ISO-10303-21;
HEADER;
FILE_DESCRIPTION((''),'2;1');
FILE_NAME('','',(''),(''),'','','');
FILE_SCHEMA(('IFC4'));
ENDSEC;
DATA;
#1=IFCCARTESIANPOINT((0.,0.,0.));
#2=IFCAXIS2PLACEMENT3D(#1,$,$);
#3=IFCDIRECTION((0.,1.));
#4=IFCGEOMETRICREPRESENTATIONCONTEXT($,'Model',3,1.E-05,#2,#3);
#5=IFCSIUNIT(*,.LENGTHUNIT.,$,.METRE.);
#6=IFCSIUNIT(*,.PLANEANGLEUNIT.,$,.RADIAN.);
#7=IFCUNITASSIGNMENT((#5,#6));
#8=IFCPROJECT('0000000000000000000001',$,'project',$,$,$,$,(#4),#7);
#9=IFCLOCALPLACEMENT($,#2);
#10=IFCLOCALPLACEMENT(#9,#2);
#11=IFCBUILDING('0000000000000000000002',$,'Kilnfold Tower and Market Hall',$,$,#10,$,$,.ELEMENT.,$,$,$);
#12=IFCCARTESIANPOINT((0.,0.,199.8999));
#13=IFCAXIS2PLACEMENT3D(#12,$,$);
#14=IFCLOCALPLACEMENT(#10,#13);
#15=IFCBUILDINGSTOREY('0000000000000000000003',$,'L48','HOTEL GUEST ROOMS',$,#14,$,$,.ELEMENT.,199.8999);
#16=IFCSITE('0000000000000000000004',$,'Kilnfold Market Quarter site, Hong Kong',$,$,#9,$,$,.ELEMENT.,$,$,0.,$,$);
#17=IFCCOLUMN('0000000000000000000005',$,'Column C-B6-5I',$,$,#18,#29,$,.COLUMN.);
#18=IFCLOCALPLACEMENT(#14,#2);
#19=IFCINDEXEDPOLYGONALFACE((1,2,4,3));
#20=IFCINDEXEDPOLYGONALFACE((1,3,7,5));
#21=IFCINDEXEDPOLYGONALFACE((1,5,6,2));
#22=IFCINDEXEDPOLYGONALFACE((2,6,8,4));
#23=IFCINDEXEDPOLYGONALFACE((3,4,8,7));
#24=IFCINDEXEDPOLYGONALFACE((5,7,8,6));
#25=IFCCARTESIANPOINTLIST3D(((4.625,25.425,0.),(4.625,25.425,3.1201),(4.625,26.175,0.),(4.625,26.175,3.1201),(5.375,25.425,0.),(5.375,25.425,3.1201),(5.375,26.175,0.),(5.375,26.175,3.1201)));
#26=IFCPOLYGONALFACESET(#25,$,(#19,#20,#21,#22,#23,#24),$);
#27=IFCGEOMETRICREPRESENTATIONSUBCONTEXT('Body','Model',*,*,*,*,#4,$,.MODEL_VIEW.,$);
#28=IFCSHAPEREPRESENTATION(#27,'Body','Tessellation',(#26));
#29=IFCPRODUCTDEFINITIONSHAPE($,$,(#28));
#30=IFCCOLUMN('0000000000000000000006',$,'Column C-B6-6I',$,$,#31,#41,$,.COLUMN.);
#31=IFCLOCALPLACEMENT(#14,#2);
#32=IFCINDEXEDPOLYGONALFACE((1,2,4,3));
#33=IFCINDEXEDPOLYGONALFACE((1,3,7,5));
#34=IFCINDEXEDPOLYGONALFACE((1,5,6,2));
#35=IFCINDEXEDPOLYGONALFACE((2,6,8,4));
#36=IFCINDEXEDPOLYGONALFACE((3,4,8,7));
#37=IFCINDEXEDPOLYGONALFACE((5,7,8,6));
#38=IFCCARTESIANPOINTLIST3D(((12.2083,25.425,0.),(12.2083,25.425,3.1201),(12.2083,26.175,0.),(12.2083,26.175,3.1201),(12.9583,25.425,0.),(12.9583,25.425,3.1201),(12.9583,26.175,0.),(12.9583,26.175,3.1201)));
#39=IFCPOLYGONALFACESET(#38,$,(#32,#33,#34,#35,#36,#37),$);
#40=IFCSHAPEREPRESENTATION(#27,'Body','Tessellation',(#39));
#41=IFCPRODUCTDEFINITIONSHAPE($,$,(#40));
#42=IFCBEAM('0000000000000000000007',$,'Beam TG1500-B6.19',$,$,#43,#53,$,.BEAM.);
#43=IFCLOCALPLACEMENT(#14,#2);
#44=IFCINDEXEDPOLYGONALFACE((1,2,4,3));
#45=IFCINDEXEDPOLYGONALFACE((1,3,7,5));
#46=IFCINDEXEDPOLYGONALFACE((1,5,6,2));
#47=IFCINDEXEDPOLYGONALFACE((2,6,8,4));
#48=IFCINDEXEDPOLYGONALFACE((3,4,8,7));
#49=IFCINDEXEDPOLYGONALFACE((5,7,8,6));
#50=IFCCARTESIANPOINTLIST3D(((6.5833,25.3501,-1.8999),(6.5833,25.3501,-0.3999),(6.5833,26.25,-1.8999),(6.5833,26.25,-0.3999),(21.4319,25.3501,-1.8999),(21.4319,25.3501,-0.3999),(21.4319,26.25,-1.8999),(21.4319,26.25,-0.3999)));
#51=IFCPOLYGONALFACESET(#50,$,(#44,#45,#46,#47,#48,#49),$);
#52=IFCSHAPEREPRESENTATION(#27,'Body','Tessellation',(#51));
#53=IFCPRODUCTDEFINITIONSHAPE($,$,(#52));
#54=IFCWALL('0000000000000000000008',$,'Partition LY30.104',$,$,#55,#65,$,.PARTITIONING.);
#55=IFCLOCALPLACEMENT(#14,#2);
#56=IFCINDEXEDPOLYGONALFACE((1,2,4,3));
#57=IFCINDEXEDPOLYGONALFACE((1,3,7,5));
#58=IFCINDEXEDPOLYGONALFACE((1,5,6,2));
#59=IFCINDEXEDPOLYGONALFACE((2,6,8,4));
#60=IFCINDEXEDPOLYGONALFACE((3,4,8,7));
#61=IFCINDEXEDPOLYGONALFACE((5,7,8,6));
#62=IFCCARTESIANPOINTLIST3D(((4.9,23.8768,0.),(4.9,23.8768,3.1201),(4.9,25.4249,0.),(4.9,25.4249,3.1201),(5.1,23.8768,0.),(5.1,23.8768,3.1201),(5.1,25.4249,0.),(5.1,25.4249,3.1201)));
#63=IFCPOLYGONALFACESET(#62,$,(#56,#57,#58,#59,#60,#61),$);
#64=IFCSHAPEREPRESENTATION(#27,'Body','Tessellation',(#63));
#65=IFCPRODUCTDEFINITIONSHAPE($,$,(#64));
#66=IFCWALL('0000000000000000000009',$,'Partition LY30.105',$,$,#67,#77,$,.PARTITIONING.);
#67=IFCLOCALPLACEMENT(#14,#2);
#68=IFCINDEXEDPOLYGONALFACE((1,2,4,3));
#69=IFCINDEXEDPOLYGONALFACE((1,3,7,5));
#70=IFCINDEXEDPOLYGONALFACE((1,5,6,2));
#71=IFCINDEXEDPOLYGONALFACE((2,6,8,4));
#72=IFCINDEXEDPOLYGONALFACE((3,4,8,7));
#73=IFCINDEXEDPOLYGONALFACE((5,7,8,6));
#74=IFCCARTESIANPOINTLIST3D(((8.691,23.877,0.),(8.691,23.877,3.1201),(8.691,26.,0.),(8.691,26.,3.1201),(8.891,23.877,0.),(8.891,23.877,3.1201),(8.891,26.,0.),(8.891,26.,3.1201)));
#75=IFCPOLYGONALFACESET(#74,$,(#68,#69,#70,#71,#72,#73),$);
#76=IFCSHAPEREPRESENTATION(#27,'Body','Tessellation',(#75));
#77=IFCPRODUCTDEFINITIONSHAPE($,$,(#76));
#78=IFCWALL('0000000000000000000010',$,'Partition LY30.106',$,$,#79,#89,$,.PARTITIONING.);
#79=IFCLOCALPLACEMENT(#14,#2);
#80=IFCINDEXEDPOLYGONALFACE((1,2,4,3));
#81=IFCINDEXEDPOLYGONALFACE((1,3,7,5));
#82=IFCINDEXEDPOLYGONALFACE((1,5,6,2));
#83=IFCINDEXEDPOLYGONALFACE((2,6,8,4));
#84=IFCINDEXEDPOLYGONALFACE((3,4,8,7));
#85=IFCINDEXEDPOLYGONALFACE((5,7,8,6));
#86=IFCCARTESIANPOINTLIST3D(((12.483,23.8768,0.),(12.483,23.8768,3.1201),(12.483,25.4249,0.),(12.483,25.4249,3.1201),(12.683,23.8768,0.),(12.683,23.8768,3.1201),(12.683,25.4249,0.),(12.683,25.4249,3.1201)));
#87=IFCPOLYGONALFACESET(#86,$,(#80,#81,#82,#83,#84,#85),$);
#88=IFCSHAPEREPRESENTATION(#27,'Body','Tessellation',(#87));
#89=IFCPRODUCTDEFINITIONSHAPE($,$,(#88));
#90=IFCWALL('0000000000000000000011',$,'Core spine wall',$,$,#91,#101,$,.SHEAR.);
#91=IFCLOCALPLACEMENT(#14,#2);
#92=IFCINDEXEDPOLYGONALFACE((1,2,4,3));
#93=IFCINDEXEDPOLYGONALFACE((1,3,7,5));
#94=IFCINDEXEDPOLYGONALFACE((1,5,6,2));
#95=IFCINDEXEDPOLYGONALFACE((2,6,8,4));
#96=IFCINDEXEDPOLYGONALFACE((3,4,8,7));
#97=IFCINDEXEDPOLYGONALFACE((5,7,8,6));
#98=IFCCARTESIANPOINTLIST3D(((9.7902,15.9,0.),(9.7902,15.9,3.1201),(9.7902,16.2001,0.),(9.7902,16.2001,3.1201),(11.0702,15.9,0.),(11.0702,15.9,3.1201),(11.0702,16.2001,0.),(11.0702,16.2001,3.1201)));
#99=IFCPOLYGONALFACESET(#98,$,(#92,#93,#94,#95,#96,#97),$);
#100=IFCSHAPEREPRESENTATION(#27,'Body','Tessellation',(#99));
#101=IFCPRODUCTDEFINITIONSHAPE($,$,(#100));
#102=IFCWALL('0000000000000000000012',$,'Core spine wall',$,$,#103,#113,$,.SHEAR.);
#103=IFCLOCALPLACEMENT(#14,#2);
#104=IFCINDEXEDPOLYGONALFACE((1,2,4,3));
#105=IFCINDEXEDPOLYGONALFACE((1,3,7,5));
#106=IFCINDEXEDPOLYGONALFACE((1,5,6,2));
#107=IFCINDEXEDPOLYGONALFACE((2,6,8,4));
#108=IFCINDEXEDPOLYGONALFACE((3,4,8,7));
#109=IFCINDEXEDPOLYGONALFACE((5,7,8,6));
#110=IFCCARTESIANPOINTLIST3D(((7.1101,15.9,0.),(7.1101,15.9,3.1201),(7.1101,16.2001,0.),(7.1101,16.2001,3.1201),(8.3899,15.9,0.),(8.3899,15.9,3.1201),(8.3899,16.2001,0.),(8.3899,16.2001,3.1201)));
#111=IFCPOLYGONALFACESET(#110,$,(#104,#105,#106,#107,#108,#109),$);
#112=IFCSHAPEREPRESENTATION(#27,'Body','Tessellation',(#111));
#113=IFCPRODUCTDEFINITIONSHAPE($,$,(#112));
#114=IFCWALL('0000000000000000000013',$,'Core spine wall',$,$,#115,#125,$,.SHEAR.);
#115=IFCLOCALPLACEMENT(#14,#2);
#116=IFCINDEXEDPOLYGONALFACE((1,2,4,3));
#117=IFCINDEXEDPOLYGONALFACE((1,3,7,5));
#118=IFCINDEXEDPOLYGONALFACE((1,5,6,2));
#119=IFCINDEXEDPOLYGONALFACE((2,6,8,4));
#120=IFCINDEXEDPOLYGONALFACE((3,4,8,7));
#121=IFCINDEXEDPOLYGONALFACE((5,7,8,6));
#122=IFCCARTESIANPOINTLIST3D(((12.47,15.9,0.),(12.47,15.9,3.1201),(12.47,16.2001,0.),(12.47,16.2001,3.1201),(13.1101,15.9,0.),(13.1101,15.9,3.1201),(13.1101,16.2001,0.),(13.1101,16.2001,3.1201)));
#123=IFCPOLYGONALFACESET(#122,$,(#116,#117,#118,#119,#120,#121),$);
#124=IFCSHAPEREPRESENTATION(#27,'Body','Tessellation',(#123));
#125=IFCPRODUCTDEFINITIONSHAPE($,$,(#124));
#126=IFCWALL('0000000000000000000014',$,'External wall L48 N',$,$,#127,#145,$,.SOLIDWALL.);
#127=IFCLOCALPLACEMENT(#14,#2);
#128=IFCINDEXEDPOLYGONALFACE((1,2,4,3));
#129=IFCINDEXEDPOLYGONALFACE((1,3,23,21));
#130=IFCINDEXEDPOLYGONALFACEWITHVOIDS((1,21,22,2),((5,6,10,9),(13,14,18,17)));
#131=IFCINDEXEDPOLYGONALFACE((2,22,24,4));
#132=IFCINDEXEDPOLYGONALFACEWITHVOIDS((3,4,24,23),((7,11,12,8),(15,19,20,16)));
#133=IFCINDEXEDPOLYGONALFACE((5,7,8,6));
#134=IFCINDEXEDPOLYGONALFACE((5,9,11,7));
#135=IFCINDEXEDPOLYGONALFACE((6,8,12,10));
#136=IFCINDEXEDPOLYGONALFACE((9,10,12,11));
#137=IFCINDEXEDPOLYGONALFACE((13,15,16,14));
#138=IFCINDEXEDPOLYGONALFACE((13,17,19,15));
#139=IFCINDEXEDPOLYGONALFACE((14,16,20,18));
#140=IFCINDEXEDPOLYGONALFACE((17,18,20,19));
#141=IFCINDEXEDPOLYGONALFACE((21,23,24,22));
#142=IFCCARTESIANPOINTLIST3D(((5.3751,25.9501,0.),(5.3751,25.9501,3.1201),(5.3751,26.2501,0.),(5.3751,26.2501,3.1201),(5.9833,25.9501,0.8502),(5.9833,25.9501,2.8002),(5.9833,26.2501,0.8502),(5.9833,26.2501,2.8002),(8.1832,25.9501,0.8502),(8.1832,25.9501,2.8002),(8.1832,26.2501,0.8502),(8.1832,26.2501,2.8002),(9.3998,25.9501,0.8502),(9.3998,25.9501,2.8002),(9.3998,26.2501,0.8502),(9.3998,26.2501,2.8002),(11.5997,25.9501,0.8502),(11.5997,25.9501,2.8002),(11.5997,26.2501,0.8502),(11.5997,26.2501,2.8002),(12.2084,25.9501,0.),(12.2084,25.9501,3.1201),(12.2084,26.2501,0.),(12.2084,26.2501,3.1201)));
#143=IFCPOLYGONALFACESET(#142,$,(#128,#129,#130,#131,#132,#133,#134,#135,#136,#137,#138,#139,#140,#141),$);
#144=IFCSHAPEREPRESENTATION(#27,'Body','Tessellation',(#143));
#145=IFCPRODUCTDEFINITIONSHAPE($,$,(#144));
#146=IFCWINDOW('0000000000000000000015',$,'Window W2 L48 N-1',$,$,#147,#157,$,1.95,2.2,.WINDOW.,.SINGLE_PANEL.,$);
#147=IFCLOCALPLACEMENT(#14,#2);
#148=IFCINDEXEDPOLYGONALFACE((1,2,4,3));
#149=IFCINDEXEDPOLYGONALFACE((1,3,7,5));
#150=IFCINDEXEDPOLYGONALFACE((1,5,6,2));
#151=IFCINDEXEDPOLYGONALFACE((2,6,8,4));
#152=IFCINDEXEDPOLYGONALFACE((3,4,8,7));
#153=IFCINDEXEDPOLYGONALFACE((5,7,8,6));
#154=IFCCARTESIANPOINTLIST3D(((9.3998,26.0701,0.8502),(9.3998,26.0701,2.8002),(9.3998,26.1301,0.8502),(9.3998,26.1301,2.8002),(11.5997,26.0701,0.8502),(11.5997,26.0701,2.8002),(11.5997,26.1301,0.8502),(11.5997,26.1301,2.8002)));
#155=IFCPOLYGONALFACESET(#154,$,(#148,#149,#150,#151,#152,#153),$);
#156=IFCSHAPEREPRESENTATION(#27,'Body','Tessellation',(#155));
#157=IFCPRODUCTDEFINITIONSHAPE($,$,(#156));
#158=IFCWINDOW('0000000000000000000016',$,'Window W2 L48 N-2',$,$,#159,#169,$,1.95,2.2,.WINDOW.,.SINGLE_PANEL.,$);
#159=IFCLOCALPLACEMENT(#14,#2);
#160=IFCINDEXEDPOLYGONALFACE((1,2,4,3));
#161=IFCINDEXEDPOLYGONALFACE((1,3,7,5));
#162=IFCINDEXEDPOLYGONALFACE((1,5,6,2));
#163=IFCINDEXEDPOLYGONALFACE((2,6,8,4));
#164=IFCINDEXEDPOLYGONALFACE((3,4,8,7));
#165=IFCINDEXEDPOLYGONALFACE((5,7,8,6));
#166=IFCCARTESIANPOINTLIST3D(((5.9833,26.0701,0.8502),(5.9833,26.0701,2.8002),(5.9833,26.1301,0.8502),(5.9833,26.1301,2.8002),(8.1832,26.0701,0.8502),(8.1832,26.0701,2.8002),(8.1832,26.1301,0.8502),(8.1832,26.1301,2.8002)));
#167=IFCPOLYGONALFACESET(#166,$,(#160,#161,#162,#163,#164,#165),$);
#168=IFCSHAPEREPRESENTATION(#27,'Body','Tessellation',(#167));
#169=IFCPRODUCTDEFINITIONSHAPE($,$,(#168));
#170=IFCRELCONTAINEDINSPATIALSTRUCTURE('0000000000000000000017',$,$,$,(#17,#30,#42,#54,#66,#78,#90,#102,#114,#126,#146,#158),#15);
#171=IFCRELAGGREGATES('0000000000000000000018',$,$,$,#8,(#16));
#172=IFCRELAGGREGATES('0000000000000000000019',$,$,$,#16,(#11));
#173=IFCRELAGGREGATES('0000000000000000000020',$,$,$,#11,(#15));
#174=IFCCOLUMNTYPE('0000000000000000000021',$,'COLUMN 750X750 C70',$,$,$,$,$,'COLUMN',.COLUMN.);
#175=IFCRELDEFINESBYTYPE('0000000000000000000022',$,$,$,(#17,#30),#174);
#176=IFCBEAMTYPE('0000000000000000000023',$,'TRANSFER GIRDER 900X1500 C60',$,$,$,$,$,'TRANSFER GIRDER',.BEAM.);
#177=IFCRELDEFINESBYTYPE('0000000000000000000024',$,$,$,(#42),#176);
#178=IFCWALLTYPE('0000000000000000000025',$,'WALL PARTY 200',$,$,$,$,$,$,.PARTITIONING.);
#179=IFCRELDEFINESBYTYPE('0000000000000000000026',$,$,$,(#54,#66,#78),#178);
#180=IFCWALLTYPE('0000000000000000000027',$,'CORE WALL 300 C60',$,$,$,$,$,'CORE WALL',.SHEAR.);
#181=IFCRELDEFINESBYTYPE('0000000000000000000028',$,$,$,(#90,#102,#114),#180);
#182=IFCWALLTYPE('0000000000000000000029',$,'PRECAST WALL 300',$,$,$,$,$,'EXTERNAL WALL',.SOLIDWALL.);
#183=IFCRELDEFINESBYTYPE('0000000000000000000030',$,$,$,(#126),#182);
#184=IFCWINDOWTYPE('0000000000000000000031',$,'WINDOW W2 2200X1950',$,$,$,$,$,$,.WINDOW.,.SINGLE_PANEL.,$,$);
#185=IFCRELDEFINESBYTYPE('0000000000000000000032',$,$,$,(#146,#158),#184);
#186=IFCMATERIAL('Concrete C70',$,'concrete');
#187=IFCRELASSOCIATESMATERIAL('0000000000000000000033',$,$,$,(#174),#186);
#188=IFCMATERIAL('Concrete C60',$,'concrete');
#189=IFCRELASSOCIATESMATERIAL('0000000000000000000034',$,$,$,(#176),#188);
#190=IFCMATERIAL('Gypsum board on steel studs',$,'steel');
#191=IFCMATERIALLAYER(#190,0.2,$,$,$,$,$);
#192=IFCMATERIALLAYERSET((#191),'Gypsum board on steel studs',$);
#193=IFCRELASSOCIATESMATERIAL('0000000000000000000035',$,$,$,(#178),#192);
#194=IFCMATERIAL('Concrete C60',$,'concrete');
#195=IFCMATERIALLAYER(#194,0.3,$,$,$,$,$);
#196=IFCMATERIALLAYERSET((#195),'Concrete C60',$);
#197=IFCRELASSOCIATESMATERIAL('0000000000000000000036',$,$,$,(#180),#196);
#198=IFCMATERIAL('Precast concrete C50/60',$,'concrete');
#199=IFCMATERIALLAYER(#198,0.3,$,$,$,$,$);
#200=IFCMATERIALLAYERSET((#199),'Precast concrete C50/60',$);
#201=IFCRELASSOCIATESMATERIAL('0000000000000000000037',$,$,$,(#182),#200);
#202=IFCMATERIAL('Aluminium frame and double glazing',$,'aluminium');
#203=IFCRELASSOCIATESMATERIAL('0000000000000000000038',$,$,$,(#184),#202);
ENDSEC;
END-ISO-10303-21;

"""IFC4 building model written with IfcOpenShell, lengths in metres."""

from ifc_helpers import new_model, si_unit, direction, frame, frame_2d, origin, origin_2d, place, context, subcontext, project, spatial, rectangle, extrude, source, transform, mapped, material, layer, layer_set, material_profile, profile_set, type_object, element, fill, save


model = new_model("IFC4")

# Units and contexts
model_context = context("Model", 3, precision=1e-05, world=origin(), true_north=direction((0.0, 1.0)))
body_context = subcontext(model_context, "Body", "Model", "MODEL_VIEW")
ifc_project = project(units=[si_unit("LENGTHUNIT", "METRE"), si_unit("PLANEANGLEUNIT", "RADIAN")], contexts=[model_context])

# Site, building, storey
site_placement = place(None, origin())
site = spatial("IfcSite", under=ifc_project, at=site_placement, Name="Kilnfold Market Quarter site, Hong Kong", CompositionType="ELEMENT", RefElevation=0.0)
building_placement = place(site_placement, origin())
building = spatial("IfcBuilding", under=site, at=building_placement, Name="Kilnfold Tower and Market Hall", CompositionType="ELEMENT")
storey_placement = place(building_placement, frame((0.0, 0.0, 199.8999)))
storey = spatial("IfcBuildingStorey", under=building, at=storey_placement, Name="L48", Description="HOTEL GUEST ROOMS", CompositionType="ELEMENT", Elevation=199.8999)

# Columns
ifc_material_1 = material(Name="Concrete C70", Category="concrete")
ifc_material_profile_1 = material_profile(ifc_material_1, rectangle(XDim=0.75, YDim=0.75, at=origin_2d()), Name="RC 750x750")
ifc_profile_set_1 = profile_set([ifc_material_profile_1], Name="Concrete C70")
column_type = type_object("IfcColumnType", Name="COLUMN 750X750 C70", ElementType="COLUMN", PredefinedType="COLUMN", material=ifc_profile_set_1)
shared_shape_1 = source(origin(), body_context, "Body", "SweptSolid", [
    extrude(rectangle(XDim=0.75, YDim=0.75, at=origin_2d()), origin(), (0.0, 0.0, 1.0), 3.1201),
])
for number, where, z_axis, x_axis, name in (
    (1, (5.0, 25.8, 0.0), (0.0, 0.0, 1.0), (1.0, 0.0, 0.0), "Column C-B6-5I"),
    (2, (12.5833, 25.8, 0.0), (0.0, 0.0, 1.0), (1.0, 0.0, 0.0), "Column C-B6-6I"),
):
    element("IfcColumn", number, at=place(storey_placement, frame(where, z_axis=z_axis, x_axis=x_axis)), inside=storey, type_object=column_type, Name=name, PredefinedType="COLUMN", context=body_context, shape_type="MappedRepresentation", body=[
        mapped(shared_shape_1, transform((0.0, 0.0, 0.0))),
    ])

# Beam
ifc_material_2 = material(Name="Concrete C60", Category="concrete")
ifc_material_profile_2 = material_profile(ifc_material_2, rectangle(XDim=0.8999, YDim=1.5, at=origin_2d()), Name="RC 900x1500")
ifc_profile_set_2 = profile_set([ifc_material_profile_2], Name="Concrete C60")
beam_type = type_object("IfcBeamType", Name="TRANSFER GIRDER 900X1500 C60", ElementType="TRANSFER GIRDER", PredefinedType="BEAM", material=ifc_profile_set_2)
shared_shape_2 = source(origin(), body_context, "Body", "SweptSolid", [
    extrude(rectangle(XDim=0.8999, YDim=1.5, at=origin_2d()), origin(), (0.0, 0.0, 1.0), 14.8486),
])
beam_placement = place(storey_placement, frame((6.5833, 25.8, -1.1499), z_axis=(1.0, 0.0, 0.0), x_axis=(0.0, 1.0, 0.0)))
element("IfcBeam", 3, at=beam_placement, inside=storey, type_object=beam_type, Name="Beam TG1500-B6.19", PredefinedType="BEAM", context=body_context, shape_type="MappedRepresentation", body=[
    mapped(shared_shape_2, transform((0.0, 0.0, 0.0))),
])

# Walls
ifc_material_3 = material(Name="Gypsum board on steel studs", Category="steel")
ifc_layer_1 = layer(ifc_material_3, 0.2)
ifc_layer_set_1 = layer_set([ifc_layer_1], Name="Gypsum board on steel studs")
wall_type_1 = type_object("IfcWallType", Name="WALL PARTY 200", PredefinedType="PARTITIONING", material=ifc_layer_set_1)
wall_1_placement = place(storey_placement, frame((5.0, 23.877, 0.0), z_axis=(0.0, 0.0, 1.0), x_axis=(0.0, 1.0, 0.0)))
element("IfcWall", 4, at=wall_1_placement, inside=storey, type_object=wall_type_1, Name="Partition LY30.104", PredefinedType="PARTITIONING", context=body_context, shape_type="SweptSolid", body=[
    extrude(rectangle(XDim=1.5481, YDim=0.2, at=frame_2d((0.7739, 0.0))), origin(), (0.0, 0.0, 1.0), 3.1201),
])
wall_2_placement = place(storey_placement, frame((8.791, 23.877, 0.0), z_axis=(0.0, 0.0, 1.0), x_axis=(0.0, 1.0, 0.0)))
element("IfcWall", 5, at=wall_2_placement, inside=storey, type_object=wall_type_1, Name="Partition LY30.105", PredefinedType="PARTITIONING", context=body_context, shape_type="SweptSolid", body=[
    extrude(rectangle(XDim=2.123, YDim=0.2, at=frame_2d((1.0615, 0.0))), origin(), (0.0, 0.0, 1.0), 3.1201),
])
wall_3_placement = place(storey_placement, frame((12.583, 23.877, 0.0), z_axis=(0.0, 0.0, 1.0), x_axis=(0.0, 1.0, 0.0)))
element("IfcWall", 6, at=wall_3_placement, inside=storey, type_object=wall_type_1, Name="Partition LY30.106", PredefinedType="PARTITIONING", context=body_context, shape_type="SweptSolid", body=[
    extrude(rectangle(XDim=1.5481, YDim=0.2, at=frame_2d((0.7739, 0.0))), origin(), (0.0, 0.0, 1.0), 3.1201),
])
ifc_material_4 = material(Name="Concrete C60", Category="concrete")
ifc_layer_2 = layer(ifc_material_4, 0.3)
ifc_layer_set_2 = layer_set([ifc_layer_2], Name="Concrete C60")
wall_type_2 = type_object("IfcWallType", Name="CORE WALL 300 C60", ElementType="CORE WALL", PredefinedType="SHEAR", material=ifc_layer_set_2)
shared_shape_3 = source(origin(), body_context, "Body", "SweptSolid", [
    extrude(rectangle(XDim=1.28, YDim=0.3, at=frame_2d((0.6401, 0.0))), origin(), (0.0, 0.0, 1.0), 3.1201),
])
wall_4_placement = place(storey_placement, frame((9.79, 16.05, 0.0), z_axis=(0.0, 0.0, 1.0), x_axis=(1.0, 0.0, 0.0)))
element("IfcWall", 7, at=wall_4_placement, inside=storey, type_object=wall_type_2, Name="Core spine wall", PredefinedType="SHEAR", context=body_context, shape_type="MappedRepresentation", body=[
    mapped(shared_shape_3, transform((0.0, 0.0, 0.0))),
])
shared_shape_4 = source(origin(), body_context, "Body", "SweptSolid", [
    extrude(rectangle(XDim=1.2798, YDim=0.3, at=frame_2d((0.6399, 0.0))), origin(), (0.0, 0.0, 1.0), 3.1201),
])
wall_5_placement = place(storey_placement, frame((7.1101, 16.05, 0.0), z_axis=(0.0, 0.0, 1.0), x_axis=(1.0, 0.0, 0.0)))
element("IfcWall", 8, at=wall_5_placement, inside=storey, type_object=wall_type_2, Name="Core spine wall", PredefinedType="SHEAR", context=body_context, shape_type="MappedRepresentation", body=[
    mapped(shared_shape_4, transform((0.0, 0.0, 0.0))),
])
shared_shape_5 = source(origin(), body_context, "Body", "SweptSolid", [
    extrude(rectangle(XDim=0.6401, YDim=0.3, at=frame_2d((0.3201, 0.0))), origin(), (0.0, 0.0, 1.0), 3.1201),
])
wall_6_placement = place(storey_placement, frame((12.47, 16.05, 0.0), z_axis=(0.0, 0.0, 1.0), x_axis=(1.0, 0.0, 0.0)))
element("IfcWall", 9, at=wall_6_placement, inside=storey, type_object=wall_type_2, Name="Core spine wall", PredefinedType="SHEAR", context=body_context, shape_type="MappedRepresentation", body=[
    mapped(shared_shape_5, transform((0.0, 0.0, 0.0))),
])

# Wall, openings, windows
ifc_material_5 = material(Name="Precast concrete C50/60", Category="concrete")
ifc_layer_3 = layer(ifc_material_5, 0.3)
ifc_layer_set_3 = layer_set([ifc_layer_3], Name="Precast concrete C50/60")
wall_type_3 = type_object("IfcWallType", Name="PRECAST WALL 300", ElementType="EXTERNAL WALL", PredefinedType="SOLIDWALL", material=ifc_layer_set_3)
shared_shape_6 = source(origin(), body_context, "Body", "SweptSolid", [
    extrude(rectangle(XDim=6.8333, YDim=0.3, at=frame_2d((3.4165, 0.0))), origin(), (0.0, 0.0, 1.0), 3.1201),
])
wall_7_placement = place(storey_placement, frame((12.2083, 26.1001, 0.0), z_axis=(0.0, 0.0, 1.0), x_axis=(-1.0, 0.0, 0.0)))
wall_7 = element("IfcWall", 10, at=wall_7_placement, inside=storey, type_object=wall_type_3, Name="External wall L48 N", PredefinedType="SOLIDWALL", context=body_context, shape_type="MappedRepresentation", body=[
    mapped(shared_shape_6, transform((0.0, 0.0, 0.0))),
])
opening_1_placement = place(wall_7_placement, frame((0.6084, 0.0, 0.8501)))
opening_1 = element("IfcOpeningElement", 11, at=opening_1_placement, cuts=wall_7, PredefinedType="OPENING", context=body_context, shape_type="SweptSolid", body=[
    extrude(rectangle(XDim=2.2, YDim=1.95, at=frame_2d((1.1001, 0.9751))), frame((0.0, 0.1602, 0.0), z_axis=(0.0, -1.0, 0.0), x_axis=(1.0, 0.0, 0.0)), (0.0, 0.0, 1.0), 0.3201),
])
opening_2_placement = place(wall_7_placement, frame((4.0249, 0.0, 0.8501)))
opening_2 = element("IfcOpeningElement", 12, at=opening_2_placement, cuts=wall_7, PredefinedType="OPENING", context=body_context, shape_type="SweptSolid", body=[
    extrude(rectangle(XDim=2.2, YDim=1.95, at=frame_2d((1.1001, 0.9751))), frame((0.0, 0.1602, 0.0), z_axis=(0.0, -1.0, 0.0), x_axis=(1.0, 0.0, 0.0)), (0.0, 0.0, 1.0), 0.3201),
])
ifc_material_6 = material(Name="Aluminium frame and double glazing", Category="aluminium")
window_type = type_object("IfcWindowType", Name="WINDOW W2 2200X1950", PartitioningType="SINGLE_PANEL", PredefinedType="WINDOW", material=ifc_material_6)
window_1_placement = place(opening_1_placement, origin())
window_1 = element("IfcWindow", 13, at=window_1_placement, inside=storey, type_object=window_type, Name="Window W2 L48 N-1", OverallHeight=1.95, OverallWidth=2.2, PartitioningType="SINGLE_PANEL", PredefinedType="WINDOW", context=body_context, shape_type="SweptSolid", body=[
    extrude(rectangle(XDim=2.2, YDim=1.95, at=frame_2d((1.1001, 0.9751))), frame((0.0, 0.03, 0.0), z_axis=(0.0, -1.0, 0.0), x_axis=(1.0, 0.0, 0.0)), (0.0, 0.0, 1.0), 0.0601),
])
fill(opening_1, window_1)
window_2_placement = place(opening_2_placement, origin())
window_2 = element("IfcWindow", 14, at=window_2_placement, inside=storey, type_object=window_type, Name="Window W2 L48 N-2", OverallHeight=1.95, OverallWidth=2.2, PartitioningType="SINGLE_PANEL", PredefinedType="WINDOW", context=body_context, shape_type="SweptSolid", body=[
    extrude(rectangle(XDim=2.2, YDim=1.95, at=frame_2d((1.1001, 0.9751))), frame((0.0, 0.03, 0.0), z_axis=(0.0, -1.0, 0.0), x_axis=(1.0, 0.0, 0.0)), (0.0, 0.0, 1.0), 0.0601),
])
fill(opening_2, window_2)

save(model, "model.ifc")
